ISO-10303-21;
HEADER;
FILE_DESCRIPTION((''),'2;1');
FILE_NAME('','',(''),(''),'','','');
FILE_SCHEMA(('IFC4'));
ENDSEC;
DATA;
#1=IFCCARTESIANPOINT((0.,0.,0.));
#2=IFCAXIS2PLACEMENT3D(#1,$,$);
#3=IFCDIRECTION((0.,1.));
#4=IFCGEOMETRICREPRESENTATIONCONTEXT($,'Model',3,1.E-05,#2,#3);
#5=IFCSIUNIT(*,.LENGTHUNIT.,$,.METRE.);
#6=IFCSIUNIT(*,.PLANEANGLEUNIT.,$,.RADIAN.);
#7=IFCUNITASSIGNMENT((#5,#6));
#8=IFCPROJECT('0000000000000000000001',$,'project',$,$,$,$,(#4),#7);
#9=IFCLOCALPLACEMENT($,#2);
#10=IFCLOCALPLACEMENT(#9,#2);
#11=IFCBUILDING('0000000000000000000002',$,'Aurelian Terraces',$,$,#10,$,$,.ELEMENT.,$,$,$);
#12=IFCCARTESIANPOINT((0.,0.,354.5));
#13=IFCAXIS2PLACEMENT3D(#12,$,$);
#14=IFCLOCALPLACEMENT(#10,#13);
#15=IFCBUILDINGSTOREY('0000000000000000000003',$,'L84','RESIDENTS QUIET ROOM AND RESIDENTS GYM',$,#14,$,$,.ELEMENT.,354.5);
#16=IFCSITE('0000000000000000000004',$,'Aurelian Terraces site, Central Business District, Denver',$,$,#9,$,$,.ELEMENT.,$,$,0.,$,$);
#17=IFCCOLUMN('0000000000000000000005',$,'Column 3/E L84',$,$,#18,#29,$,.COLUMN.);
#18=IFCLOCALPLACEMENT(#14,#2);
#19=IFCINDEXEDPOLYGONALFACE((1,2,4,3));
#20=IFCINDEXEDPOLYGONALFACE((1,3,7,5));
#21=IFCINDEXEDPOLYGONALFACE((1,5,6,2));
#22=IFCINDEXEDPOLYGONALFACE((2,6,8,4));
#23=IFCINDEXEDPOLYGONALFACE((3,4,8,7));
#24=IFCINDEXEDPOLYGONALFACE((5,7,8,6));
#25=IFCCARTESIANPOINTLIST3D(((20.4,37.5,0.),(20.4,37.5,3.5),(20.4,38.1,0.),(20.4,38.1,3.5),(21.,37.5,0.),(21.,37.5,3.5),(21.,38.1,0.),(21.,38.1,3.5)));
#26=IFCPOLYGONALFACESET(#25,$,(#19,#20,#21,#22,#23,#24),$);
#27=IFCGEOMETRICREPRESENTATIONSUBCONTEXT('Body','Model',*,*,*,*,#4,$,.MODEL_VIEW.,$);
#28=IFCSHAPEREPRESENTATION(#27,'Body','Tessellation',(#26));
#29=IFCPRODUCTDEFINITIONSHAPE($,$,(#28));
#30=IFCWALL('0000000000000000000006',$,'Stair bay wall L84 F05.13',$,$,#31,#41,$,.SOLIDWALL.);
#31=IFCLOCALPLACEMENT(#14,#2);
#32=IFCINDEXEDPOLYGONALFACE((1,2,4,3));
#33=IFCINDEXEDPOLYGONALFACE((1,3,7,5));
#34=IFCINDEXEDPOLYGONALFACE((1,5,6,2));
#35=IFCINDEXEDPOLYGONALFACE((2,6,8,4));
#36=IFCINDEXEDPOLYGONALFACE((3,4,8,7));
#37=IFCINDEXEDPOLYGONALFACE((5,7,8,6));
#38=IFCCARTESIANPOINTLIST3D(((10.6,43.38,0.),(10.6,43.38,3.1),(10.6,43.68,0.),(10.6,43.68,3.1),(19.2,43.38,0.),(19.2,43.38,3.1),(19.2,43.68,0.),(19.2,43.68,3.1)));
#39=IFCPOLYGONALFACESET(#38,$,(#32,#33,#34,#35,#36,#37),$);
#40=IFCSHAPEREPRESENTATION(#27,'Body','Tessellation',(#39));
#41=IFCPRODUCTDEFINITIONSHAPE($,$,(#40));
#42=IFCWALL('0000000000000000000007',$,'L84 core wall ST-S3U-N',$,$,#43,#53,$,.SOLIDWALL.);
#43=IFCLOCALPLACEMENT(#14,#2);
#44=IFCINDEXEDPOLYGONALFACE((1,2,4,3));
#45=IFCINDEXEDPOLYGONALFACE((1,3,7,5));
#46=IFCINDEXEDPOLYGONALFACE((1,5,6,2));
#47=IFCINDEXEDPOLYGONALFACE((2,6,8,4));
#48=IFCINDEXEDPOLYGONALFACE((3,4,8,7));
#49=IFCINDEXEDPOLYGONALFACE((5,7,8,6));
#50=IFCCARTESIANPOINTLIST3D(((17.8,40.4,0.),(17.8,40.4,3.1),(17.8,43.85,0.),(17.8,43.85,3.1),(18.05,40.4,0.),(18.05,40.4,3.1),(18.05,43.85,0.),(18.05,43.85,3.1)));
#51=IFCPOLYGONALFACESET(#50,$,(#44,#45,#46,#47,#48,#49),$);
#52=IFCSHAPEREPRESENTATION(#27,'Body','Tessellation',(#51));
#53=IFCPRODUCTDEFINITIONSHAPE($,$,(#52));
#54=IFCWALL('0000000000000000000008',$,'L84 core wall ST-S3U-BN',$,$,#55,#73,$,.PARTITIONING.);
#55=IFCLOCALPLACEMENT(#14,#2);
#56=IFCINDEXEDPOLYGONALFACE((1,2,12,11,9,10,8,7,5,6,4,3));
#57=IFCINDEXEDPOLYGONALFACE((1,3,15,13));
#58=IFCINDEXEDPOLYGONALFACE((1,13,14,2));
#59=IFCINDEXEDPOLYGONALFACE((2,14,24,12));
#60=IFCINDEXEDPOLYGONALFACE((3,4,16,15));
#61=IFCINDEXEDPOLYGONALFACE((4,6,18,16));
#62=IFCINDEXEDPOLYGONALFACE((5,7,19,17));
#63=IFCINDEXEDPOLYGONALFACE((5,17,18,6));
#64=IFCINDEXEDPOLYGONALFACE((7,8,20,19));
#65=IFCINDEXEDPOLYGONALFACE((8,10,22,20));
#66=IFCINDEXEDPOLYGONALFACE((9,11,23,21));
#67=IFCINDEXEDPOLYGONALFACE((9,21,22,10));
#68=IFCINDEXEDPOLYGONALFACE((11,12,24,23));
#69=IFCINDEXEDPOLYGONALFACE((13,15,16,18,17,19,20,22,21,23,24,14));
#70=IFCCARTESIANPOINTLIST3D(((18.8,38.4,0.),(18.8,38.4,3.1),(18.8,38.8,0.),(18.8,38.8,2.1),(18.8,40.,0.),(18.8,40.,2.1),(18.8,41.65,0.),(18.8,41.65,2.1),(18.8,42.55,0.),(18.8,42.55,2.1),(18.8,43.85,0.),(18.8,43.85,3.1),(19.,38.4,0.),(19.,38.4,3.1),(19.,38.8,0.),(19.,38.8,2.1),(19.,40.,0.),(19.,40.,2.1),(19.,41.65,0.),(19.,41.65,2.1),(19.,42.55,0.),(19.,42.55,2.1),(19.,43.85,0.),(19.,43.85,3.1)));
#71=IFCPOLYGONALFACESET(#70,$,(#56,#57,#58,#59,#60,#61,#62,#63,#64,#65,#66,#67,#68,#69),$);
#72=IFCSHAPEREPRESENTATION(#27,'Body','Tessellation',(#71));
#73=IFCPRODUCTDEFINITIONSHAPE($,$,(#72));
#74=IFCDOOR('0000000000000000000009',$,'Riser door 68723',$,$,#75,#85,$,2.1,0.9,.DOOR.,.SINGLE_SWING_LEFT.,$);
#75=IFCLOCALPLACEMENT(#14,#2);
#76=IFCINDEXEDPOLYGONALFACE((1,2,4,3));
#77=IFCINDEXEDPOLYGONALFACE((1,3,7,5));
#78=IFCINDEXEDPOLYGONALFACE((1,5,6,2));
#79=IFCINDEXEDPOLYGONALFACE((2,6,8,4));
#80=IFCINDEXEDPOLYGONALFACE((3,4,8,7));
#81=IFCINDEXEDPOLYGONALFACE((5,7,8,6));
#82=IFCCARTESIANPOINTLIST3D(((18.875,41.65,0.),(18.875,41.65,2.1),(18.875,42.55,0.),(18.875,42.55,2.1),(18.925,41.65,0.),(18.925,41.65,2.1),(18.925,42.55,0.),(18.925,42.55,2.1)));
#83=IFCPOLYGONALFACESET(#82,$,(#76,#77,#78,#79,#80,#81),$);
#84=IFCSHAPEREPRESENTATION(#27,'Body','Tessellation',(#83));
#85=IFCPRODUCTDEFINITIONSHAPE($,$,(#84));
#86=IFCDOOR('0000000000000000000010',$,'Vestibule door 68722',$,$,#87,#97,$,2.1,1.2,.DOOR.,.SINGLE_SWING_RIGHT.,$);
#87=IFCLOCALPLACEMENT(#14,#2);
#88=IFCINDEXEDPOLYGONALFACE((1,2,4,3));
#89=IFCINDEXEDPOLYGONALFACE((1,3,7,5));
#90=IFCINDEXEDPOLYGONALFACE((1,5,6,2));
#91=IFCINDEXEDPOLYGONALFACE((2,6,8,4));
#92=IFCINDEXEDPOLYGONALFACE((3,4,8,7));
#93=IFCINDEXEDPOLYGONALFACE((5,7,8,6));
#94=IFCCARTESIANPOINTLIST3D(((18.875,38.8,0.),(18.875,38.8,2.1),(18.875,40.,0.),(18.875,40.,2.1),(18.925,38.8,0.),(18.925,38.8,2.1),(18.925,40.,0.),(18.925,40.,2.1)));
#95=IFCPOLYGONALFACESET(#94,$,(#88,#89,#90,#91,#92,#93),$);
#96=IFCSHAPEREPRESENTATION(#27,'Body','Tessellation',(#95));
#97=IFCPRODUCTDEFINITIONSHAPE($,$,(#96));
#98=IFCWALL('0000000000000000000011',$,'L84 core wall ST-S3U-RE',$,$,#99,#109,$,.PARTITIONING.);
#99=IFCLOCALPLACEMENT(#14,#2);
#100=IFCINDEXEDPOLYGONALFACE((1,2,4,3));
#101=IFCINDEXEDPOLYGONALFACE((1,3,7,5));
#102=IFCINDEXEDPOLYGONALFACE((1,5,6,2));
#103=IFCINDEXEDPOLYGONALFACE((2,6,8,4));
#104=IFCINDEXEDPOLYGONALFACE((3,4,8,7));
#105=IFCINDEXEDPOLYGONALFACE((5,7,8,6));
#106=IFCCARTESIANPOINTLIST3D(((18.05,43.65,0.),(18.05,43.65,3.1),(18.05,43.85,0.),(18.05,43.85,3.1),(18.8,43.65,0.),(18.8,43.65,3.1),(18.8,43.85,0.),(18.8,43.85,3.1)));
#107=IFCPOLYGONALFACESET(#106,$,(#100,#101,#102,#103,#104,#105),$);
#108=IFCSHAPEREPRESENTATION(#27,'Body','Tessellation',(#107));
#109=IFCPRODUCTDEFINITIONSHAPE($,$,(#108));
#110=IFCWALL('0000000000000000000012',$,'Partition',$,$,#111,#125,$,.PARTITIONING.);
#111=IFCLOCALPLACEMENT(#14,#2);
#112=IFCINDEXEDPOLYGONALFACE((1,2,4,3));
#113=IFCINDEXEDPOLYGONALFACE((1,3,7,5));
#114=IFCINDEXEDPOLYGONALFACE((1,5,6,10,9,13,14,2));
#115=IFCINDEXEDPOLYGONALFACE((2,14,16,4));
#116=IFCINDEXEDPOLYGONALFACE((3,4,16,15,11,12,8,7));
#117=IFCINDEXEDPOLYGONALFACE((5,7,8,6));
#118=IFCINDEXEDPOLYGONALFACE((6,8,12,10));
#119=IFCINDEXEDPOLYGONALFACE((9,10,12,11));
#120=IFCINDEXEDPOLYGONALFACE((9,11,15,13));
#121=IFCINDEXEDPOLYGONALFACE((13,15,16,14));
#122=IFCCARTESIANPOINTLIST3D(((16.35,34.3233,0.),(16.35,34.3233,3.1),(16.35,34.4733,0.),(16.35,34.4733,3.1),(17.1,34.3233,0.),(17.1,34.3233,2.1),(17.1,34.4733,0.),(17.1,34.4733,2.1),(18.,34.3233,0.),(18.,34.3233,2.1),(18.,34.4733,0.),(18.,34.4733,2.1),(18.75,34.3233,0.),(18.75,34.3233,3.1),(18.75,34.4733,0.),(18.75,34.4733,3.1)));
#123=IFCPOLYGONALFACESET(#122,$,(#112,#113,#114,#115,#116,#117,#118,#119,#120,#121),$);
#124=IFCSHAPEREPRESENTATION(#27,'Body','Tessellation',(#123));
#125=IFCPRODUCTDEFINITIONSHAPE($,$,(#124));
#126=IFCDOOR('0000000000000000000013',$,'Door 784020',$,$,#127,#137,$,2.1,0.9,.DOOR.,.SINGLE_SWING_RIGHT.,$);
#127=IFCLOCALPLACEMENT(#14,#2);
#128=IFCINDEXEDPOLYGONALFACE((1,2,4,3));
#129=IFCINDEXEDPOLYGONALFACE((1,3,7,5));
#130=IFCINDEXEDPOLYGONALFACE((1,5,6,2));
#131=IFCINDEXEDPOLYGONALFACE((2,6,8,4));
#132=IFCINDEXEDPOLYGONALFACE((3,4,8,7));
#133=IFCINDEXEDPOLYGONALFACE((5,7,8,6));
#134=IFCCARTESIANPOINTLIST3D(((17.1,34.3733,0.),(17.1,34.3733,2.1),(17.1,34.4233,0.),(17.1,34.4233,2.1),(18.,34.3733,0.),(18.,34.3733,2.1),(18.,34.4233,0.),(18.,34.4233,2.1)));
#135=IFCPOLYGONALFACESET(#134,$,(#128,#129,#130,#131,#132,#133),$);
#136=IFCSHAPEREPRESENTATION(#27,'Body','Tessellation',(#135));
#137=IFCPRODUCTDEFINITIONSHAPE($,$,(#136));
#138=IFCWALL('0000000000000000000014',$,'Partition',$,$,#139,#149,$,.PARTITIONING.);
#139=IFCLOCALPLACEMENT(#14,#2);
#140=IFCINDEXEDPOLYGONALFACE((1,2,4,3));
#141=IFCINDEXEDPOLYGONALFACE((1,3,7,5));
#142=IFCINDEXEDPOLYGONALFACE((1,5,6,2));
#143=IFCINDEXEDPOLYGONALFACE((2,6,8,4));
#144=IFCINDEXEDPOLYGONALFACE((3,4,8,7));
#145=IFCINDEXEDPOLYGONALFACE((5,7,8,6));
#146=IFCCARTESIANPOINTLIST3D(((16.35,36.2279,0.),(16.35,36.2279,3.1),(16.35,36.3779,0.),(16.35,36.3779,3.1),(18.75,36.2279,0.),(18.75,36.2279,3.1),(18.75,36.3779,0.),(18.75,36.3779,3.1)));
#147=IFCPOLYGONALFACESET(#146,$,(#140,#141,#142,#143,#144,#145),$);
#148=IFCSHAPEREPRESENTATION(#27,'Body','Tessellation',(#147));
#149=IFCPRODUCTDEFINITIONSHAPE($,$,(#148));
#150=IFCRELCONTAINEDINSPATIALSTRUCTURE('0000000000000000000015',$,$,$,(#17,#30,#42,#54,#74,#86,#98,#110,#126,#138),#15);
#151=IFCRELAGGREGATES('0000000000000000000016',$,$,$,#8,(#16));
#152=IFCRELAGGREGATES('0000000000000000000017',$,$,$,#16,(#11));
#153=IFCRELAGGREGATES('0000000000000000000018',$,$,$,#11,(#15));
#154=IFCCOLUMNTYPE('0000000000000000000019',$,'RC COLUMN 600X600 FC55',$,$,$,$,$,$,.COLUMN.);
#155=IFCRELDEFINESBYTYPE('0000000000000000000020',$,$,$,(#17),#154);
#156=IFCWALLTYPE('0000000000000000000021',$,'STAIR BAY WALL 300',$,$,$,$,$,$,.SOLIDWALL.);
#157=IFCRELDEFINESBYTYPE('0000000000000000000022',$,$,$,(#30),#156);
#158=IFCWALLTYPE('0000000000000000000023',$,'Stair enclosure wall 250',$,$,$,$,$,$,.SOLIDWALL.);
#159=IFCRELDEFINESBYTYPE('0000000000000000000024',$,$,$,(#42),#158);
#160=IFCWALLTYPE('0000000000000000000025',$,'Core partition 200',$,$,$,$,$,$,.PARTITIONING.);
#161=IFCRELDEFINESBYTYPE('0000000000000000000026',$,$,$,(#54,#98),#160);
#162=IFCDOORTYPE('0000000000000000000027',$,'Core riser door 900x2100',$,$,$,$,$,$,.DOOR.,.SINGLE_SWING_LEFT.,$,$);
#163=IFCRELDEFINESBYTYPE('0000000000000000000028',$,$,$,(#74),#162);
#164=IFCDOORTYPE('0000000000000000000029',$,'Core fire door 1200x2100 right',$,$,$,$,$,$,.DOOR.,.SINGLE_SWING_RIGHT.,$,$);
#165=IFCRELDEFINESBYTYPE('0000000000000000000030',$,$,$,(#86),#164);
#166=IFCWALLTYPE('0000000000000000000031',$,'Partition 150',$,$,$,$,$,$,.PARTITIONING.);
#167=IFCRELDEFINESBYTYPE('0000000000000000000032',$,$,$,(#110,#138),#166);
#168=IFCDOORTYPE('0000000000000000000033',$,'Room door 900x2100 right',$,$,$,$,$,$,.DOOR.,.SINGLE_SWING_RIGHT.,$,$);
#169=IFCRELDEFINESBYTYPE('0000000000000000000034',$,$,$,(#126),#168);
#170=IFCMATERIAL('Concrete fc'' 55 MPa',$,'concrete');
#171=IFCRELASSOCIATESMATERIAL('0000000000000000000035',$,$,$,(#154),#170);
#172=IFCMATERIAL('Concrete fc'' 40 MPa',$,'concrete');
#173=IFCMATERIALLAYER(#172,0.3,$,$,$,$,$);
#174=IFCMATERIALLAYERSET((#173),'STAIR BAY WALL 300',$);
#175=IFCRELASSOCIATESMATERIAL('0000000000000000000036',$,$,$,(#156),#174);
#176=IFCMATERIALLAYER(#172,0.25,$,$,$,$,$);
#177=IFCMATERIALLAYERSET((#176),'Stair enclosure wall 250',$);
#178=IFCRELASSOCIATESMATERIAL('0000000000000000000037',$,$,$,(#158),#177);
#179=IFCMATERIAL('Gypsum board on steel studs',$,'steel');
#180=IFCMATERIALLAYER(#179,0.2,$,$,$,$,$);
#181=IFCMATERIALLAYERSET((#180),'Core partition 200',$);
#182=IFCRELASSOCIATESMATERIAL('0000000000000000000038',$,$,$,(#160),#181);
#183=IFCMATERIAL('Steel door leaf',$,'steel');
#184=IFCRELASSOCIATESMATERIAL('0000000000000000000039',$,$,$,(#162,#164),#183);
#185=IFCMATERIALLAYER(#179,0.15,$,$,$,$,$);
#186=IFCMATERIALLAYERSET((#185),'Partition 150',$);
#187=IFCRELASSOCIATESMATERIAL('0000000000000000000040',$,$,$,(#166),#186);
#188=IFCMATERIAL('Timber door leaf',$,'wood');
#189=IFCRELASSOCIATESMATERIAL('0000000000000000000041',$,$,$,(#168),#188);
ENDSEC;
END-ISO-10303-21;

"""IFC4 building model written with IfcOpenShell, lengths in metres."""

from ifc_helpers import new_model, si_unit, direction, frame, frame_2d, origin, origin_2d, place, context, subcontext, project, spatial, rectangle, extrude, source, transform, mapped, material, layer, layer_set, material_profile, profile_set, type_object, element, fill, save


model = new_model("IFC4")

# Units and contexts
model_context = context("Model", 3, precision=1e-05, world=origin(), true_north=direction((0.0, 1.0)))
body_context = subcontext(model_context, "Body", "Model", "MODEL_VIEW")
ifc_project = project(units=[si_unit("LENGTHUNIT", "METRE"), si_unit("PLANEANGLEUNIT", "RADIAN")], contexts=[model_context])

# Site, building, storey
site_placement = place(None, origin())
site = spatial("IfcSite", under=ifc_project, at=site_placement, Name="Aurelian Terraces site, Central Business District, Denver", CompositionType="ELEMENT", RefElevation=0.0)
building_placement = place(site_placement, origin())
building = spatial("IfcBuilding", under=site, at=building_placement, Name="Aurelian Terraces", CompositionType="ELEMENT")
storey_placement = place(building_placement, frame((0.0, 0.0, 354.5)))
storey = spatial("IfcBuildingStorey", under=building, at=storey_placement, Name="L84", Description="RESIDENTS QUIET ROOM AND RESIDENTS GYM", CompositionType="ELEMENT", Elevation=354.5)

# Column
ifc_material_1 = material(Name="Concrete fc' 55 MPa", Category="concrete")
ifc_material_profile = material_profile(ifc_material_1, rectangle(XDim=0.6, YDim=0.6, at=origin_2d()))
ifc_profile_set = profile_set([ifc_material_profile], Name="Concrete fc' 55 MPa")
column_type = type_object("IfcColumnType", Name="RC COLUMN 600X600 FC55", PredefinedType="COLUMN", material=ifc_profile_set)
shared_shape_1 = source(origin(), body_context, "Body", "SweptSolid", [
    extrude(rectangle(XDim=0.6, YDim=0.6, at=origin_2d()), origin(), (0.0, 0.0, 1.0), 3.5),
])
column_placement = place(storey_placement, frame((20.7, 37.8, 0.0), z_axis=(0.0, 0.0, 1.0), x_axis=(1.0, 0.0, 0.0)))
element("IfcColumn", 1, at=column_placement, inside=storey, type_object=column_type, Name="Column 3/E L84", PredefinedType="COLUMN", context=body_context, shape_type="MappedRepresentation", body=[
    mapped(shared_shape_1, transform((0.0, 0.0, 0.0), scale=1.0)),
])

# Walls
ifc_material_2 = material(Name="Concrete fc' 40 MPa", Category="concrete")
ifc_layer_1 = layer(ifc_material_2, 0.3)
ifc_layer_set_1 = layer_set([ifc_layer_1], Name="STAIR BAY WALL 300")
wall_type_1 = type_object("IfcWallType", Name="STAIR BAY WALL 300", PredefinedType="SOLIDWALL", material=ifc_layer_set_1)
shared_shape_2 = source(origin(), body_context, "Body", "SweptSolid", [
    extrude(rectangle(XDim=8.6, YDim=0.3, at=frame_2d((4.3, 0.0))), origin(), (0.0, 0.0, 1.0), 3.1),
])
wall_1_placement = place(storey_placement, frame((19.2, 43.53, 0.0), z_axis=(0.0, 0.0, 1.0), x_axis=(-1.0, 0.0, 0.0)))
element("IfcWall", 2, at=wall_1_placement, inside=storey, type_object=wall_type_1, Name="Stair bay wall L84 F05.13", PredefinedType="SOLIDWALL", context=body_context, shape_type="MappedRepresentation", body=[
    mapped(shared_shape_2, transform((0.0, 0.0, 0.0), scale=1.0)),
])
ifc_layer_2 = layer(ifc_material_2, 0.25)
ifc_layer_set_2 = layer_set([ifc_layer_2], Name="Stair enclosure wall 250")
wall_type_2 = type_object("IfcWallType", Name="Stair enclosure wall 250", PredefinedType="SOLIDWALL", material=ifc_layer_set_2)
shared_shape_3 = source(origin(), body_context, "Body", "SweptSolid", [
    extrude(rectangle(XDim=3.45, YDim=0.25, at=frame_2d((1.725, 0.0))), origin(), (0.0, 0.0, 1.0), 3.1),
])
wall_2_placement = place(storey_placement, frame((17.925, 40.4, 0.0), z_axis=(0.0, 0.0, 1.0), x_axis=(0.0, 1.0, 0.0)))
element("IfcWall", 3, at=wall_2_placement, inside=storey, type_object=wall_type_2, Name="L84 core wall ST-S3U-N", PredefinedType="SOLIDWALL", context=body_context, shape_type="MappedRepresentation", body=[
    mapped(shared_shape_3, transform((0.0, 0.0, 0.0), scale=1.0)),
])

# Wall, openings, doors
ifc_material_3 = material(Name="Gypsum board on steel studs", Category="steel")
ifc_layer_3 = layer(ifc_material_3, 0.2)
ifc_layer_set_3 = layer_set([ifc_layer_3], Name="Core partition 200")
wall_type_3 = type_object("IfcWallType", Name="Core partition 200", PredefinedType="PARTITIONING", material=ifc_layer_set_3)
shared_shape_4 = source(origin(), body_context, "Body", "SweptSolid", [
    extrude(rectangle(XDim=5.45, YDim=0.2, at=frame_2d((2.725, 0.0))), origin(), (0.0, 0.0, 1.0), 3.1),
])
wall_3_placement = place(storey_placement, frame((18.9, 38.4, 0.0), z_axis=(0.0, 0.0, 1.0), x_axis=(0.0, 1.0, 0.0)))
wall_3 = element("IfcWall", 4, at=wall_3_placement, inside=storey, type_object=wall_type_3, Name="L84 core wall ST-S3U-BN", PredefinedType="PARTITIONING", context=body_context, shape_type="MappedRepresentation", body=[
    mapped(shared_shape_4, transform((0.0, 0.0, 0.0), scale=1.0)),
])
shared_shape_5 = source(origin(), body_context, "Body", "SweptSolid", [
    extrude(rectangle(XDim=1.2, YDim=2.1, at=frame_2d((0.6, 1.05))), frame((0.0, 0.11, 0.0), z_axis=(0.0, -1.0, 0.0), x_axis=(1.0, 0.0, 0.0)), (0.0, 0.0, 1.0), 0.22),
])
opening_1_placement = place(wall_3_placement, frame((0.4, 0.0, 0.0)))
opening_1 = element("IfcOpeningElement", 5, at=opening_1_placement, cuts=wall_3, PredefinedType="OPENING", context=body_context, shape_type="MappedRepresentation", body=[
    mapped(shared_shape_5, transform((0.0, 0.0, 0.0), scale=1.0)),
])
shared_shape_6 = source(origin(), body_context, "Body", "SweptSolid", [
    extrude(rectangle(XDim=0.9, YDim=2.1, at=frame_2d((0.45, 1.05))), frame((0.0, 0.11, 0.0), z_axis=(0.0, -1.0, 0.0), x_axis=(1.0, 0.0, 0.0)), (0.0, 0.0, 1.0), 0.22),
])
opening_2_placement = place(wall_3_placement, frame((3.25, 0.0, 0.0)))
opening_2 = element("IfcOpeningElement", 6, at=opening_2_placement, cuts=wall_3, PredefinedType="OPENING", context=body_context, shape_type="MappedRepresentation", body=[
    mapped(shared_shape_6, transform((0.0, 0.0, 0.0), scale=1.0)),
])
ifc_material_4 = material(Name="Steel door leaf", Category="steel")
door_type_1 = type_object("IfcDoorType", Name="Core riser door 900x2100", OperationType="SINGLE_SWING_LEFT", PredefinedType="DOOR", material=ifc_material_4)
shared_shape_7 = source(origin(), body_context, "Body", "SweptSolid", [
    extrude(rectangle(XDim=0.9, YDim=2.1, at=frame_2d((0.45, 1.05))), frame((0.0, 0.025, 0.0), z_axis=(0.0, -1.0, 0.0), x_axis=(1.0, 0.0, 0.0)), (0.0, 0.0, 1.0), 0.05),
])
door_1_placement = place(opening_2_placement, origin())
door_1 = element("IfcDoor", 7, at=door_1_placement, inside=storey, type_object=door_type_1, Name="Riser door 68723", OperationType="SINGLE_SWING_LEFT", OverallHeight=2.1, OverallWidth=0.9, PredefinedType="DOOR", context=body_context, shape_type="MappedRepresentation", body=[
    mapped(shared_shape_7, transform((0.0, 0.0, 0.0), scale=1.0)),
])
fill(opening_2, door_1)
door_type_2 = type_object("IfcDoorType", Name="Core fire door 1200x2100 right", OperationType="SINGLE_SWING_RIGHT", PredefinedType="DOOR", material=ifc_material_4)
shared_shape_8 = source(origin(), body_context, "Body", "SweptSolid", [
    extrude(rectangle(XDim=1.2, YDim=2.1, at=frame_2d((0.6, 1.05))), frame((0.0, 0.025, 0.0), z_axis=(0.0, -1.0, 0.0), x_axis=(1.0, 0.0, 0.0)), (0.0, 0.0, 1.0), 0.05),
])
door_2_placement = place(opening_1_placement, origin())
door_2 = element("IfcDoor", 8, at=door_2_placement, inside=storey, type_object=door_type_2, Name="Vestibule door 68722", OperationType="SINGLE_SWING_RIGHT", OverallHeight=2.1, OverallWidth=1.2, PredefinedType="DOOR", context=body_context, shape_type="MappedRepresentation", body=[
    mapped(shared_shape_8, transform((0.0, 0.0, 0.0), scale=1.0)),
])
fill(opening_1, door_2)

# Wall
shared_shape_9 = source(origin(), body_context, "Body", "SweptSolid", [
    extrude(rectangle(XDim=0.75, YDim=0.2, at=frame_2d((0.375, 0.0))), origin(), (0.0, 0.0, 1.0), 3.1),
])
wall_4_placement = place(storey_placement, frame((18.05, 43.75, 0.0), z_axis=(0.0, 0.0, 1.0), x_axis=(1.0, 0.0, 0.0)))
element("IfcWall", 9, at=wall_4_placement, inside=storey, type_object=wall_type_3, Name="L84 core wall ST-S3U-RE", PredefinedType="PARTITIONING", context=body_context, shape_type="MappedRepresentation", body=[
    mapped(shared_shape_9, transform((0.0, 0.0, 0.0), scale=1.0)),
])

# Wall, opening, door
ifc_layer_4 = layer(ifc_material_3, 0.15)
ifc_layer_set_4 = layer_set([ifc_layer_4], Name="Partition 150")
wall_type_4 = type_object("IfcWallType", Name="Partition 150", PredefinedType="PARTITIONING", material=ifc_layer_set_4)
shared_shape_10 = source(origin(), body_context, "Body", "SweptSolid", [
    extrude(rectangle(XDim=2.4, YDim=0.15, at=frame_2d((1.2, 0.0))), origin(), (0.0, 0.0, 1.0), 3.1),
])
wall_5_placement = place(storey_placement, frame((18.75, 34.3983, 0.0), z_axis=(0.0, 0.0, 1.0), x_axis=(-1.0, 0.0, 0.0)))
wall_5 = element("IfcWall", 10, at=wall_5_placement, inside=storey, type_object=wall_type_4, Name="Partition", PredefinedType="PARTITIONING", context=body_context, shape_type="MappedRepresentation", body=[
    mapped(shared_shape_10, transform((0.0, 0.0, 0.0), scale=1.0)),
])
shared_shape_11 = source(origin(), body_context, "Body", "SweptSolid", [
    extrude(rectangle(XDim=0.9, YDim=2.1, at=frame_2d((0.45, 1.05))), frame((0.0, 0.085, 0.0), z_axis=(0.0, -1.0, 0.0), x_axis=(1.0, 0.0, 0.0)), (0.0, 0.0, 1.0), 0.17),
])
opening_3_placement = place(wall_5_placement, frame((0.75, 0.0, 0.0)))
opening_3 = element("IfcOpeningElement", 11, at=opening_3_placement, cuts=wall_5, PredefinedType="OPENING", context=body_context, shape_type="MappedRepresentation", body=[
    mapped(shared_shape_11, transform((0.0, 0.0, 0.0), scale=1.0)),
])
ifc_material_5 = material(Name="Timber door leaf", Category="wood")
door_type_3 = type_object("IfcDoorType", Name="Room door 900x2100 right", OperationType="SINGLE_SWING_RIGHT", PredefinedType="DOOR", material=ifc_material_5)
door_3_placement = place(opening_3_placement, origin())
door_3 = element("IfcDoor", 12, at=door_3_placement, inside=storey, type_object=door_type_3, Name="Door 784020", OperationType="SINGLE_SWING_RIGHT", OverallHeight=2.1, OverallWidth=0.9, PredefinedType="DOOR", context=body_context, shape_type="MappedRepresentation", body=[
    mapped(shared_shape_7, transform((0.0, 0.0, 0.0), scale=1.0)),
])
fill(opening_3, door_3)

# Wall
wall_6_placement = place(storey_placement, frame((18.75, 36.3029, 0.0), z_axis=(0.0, 0.0, 1.0), x_axis=(-1.0, 0.0, 0.0)))
element("IfcWall", 13, at=wall_6_placement, inside=storey, type_object=wall_type_4, Name="Partition", PredefinedType="PARTITIONING", context=body_context, shape_type="MappedRepresentation", body=[
    mapped(shared_shape_10, transform((0.0, 0.0, 0.0), scale=1.0)),
])

save(model, "model.ifc")
